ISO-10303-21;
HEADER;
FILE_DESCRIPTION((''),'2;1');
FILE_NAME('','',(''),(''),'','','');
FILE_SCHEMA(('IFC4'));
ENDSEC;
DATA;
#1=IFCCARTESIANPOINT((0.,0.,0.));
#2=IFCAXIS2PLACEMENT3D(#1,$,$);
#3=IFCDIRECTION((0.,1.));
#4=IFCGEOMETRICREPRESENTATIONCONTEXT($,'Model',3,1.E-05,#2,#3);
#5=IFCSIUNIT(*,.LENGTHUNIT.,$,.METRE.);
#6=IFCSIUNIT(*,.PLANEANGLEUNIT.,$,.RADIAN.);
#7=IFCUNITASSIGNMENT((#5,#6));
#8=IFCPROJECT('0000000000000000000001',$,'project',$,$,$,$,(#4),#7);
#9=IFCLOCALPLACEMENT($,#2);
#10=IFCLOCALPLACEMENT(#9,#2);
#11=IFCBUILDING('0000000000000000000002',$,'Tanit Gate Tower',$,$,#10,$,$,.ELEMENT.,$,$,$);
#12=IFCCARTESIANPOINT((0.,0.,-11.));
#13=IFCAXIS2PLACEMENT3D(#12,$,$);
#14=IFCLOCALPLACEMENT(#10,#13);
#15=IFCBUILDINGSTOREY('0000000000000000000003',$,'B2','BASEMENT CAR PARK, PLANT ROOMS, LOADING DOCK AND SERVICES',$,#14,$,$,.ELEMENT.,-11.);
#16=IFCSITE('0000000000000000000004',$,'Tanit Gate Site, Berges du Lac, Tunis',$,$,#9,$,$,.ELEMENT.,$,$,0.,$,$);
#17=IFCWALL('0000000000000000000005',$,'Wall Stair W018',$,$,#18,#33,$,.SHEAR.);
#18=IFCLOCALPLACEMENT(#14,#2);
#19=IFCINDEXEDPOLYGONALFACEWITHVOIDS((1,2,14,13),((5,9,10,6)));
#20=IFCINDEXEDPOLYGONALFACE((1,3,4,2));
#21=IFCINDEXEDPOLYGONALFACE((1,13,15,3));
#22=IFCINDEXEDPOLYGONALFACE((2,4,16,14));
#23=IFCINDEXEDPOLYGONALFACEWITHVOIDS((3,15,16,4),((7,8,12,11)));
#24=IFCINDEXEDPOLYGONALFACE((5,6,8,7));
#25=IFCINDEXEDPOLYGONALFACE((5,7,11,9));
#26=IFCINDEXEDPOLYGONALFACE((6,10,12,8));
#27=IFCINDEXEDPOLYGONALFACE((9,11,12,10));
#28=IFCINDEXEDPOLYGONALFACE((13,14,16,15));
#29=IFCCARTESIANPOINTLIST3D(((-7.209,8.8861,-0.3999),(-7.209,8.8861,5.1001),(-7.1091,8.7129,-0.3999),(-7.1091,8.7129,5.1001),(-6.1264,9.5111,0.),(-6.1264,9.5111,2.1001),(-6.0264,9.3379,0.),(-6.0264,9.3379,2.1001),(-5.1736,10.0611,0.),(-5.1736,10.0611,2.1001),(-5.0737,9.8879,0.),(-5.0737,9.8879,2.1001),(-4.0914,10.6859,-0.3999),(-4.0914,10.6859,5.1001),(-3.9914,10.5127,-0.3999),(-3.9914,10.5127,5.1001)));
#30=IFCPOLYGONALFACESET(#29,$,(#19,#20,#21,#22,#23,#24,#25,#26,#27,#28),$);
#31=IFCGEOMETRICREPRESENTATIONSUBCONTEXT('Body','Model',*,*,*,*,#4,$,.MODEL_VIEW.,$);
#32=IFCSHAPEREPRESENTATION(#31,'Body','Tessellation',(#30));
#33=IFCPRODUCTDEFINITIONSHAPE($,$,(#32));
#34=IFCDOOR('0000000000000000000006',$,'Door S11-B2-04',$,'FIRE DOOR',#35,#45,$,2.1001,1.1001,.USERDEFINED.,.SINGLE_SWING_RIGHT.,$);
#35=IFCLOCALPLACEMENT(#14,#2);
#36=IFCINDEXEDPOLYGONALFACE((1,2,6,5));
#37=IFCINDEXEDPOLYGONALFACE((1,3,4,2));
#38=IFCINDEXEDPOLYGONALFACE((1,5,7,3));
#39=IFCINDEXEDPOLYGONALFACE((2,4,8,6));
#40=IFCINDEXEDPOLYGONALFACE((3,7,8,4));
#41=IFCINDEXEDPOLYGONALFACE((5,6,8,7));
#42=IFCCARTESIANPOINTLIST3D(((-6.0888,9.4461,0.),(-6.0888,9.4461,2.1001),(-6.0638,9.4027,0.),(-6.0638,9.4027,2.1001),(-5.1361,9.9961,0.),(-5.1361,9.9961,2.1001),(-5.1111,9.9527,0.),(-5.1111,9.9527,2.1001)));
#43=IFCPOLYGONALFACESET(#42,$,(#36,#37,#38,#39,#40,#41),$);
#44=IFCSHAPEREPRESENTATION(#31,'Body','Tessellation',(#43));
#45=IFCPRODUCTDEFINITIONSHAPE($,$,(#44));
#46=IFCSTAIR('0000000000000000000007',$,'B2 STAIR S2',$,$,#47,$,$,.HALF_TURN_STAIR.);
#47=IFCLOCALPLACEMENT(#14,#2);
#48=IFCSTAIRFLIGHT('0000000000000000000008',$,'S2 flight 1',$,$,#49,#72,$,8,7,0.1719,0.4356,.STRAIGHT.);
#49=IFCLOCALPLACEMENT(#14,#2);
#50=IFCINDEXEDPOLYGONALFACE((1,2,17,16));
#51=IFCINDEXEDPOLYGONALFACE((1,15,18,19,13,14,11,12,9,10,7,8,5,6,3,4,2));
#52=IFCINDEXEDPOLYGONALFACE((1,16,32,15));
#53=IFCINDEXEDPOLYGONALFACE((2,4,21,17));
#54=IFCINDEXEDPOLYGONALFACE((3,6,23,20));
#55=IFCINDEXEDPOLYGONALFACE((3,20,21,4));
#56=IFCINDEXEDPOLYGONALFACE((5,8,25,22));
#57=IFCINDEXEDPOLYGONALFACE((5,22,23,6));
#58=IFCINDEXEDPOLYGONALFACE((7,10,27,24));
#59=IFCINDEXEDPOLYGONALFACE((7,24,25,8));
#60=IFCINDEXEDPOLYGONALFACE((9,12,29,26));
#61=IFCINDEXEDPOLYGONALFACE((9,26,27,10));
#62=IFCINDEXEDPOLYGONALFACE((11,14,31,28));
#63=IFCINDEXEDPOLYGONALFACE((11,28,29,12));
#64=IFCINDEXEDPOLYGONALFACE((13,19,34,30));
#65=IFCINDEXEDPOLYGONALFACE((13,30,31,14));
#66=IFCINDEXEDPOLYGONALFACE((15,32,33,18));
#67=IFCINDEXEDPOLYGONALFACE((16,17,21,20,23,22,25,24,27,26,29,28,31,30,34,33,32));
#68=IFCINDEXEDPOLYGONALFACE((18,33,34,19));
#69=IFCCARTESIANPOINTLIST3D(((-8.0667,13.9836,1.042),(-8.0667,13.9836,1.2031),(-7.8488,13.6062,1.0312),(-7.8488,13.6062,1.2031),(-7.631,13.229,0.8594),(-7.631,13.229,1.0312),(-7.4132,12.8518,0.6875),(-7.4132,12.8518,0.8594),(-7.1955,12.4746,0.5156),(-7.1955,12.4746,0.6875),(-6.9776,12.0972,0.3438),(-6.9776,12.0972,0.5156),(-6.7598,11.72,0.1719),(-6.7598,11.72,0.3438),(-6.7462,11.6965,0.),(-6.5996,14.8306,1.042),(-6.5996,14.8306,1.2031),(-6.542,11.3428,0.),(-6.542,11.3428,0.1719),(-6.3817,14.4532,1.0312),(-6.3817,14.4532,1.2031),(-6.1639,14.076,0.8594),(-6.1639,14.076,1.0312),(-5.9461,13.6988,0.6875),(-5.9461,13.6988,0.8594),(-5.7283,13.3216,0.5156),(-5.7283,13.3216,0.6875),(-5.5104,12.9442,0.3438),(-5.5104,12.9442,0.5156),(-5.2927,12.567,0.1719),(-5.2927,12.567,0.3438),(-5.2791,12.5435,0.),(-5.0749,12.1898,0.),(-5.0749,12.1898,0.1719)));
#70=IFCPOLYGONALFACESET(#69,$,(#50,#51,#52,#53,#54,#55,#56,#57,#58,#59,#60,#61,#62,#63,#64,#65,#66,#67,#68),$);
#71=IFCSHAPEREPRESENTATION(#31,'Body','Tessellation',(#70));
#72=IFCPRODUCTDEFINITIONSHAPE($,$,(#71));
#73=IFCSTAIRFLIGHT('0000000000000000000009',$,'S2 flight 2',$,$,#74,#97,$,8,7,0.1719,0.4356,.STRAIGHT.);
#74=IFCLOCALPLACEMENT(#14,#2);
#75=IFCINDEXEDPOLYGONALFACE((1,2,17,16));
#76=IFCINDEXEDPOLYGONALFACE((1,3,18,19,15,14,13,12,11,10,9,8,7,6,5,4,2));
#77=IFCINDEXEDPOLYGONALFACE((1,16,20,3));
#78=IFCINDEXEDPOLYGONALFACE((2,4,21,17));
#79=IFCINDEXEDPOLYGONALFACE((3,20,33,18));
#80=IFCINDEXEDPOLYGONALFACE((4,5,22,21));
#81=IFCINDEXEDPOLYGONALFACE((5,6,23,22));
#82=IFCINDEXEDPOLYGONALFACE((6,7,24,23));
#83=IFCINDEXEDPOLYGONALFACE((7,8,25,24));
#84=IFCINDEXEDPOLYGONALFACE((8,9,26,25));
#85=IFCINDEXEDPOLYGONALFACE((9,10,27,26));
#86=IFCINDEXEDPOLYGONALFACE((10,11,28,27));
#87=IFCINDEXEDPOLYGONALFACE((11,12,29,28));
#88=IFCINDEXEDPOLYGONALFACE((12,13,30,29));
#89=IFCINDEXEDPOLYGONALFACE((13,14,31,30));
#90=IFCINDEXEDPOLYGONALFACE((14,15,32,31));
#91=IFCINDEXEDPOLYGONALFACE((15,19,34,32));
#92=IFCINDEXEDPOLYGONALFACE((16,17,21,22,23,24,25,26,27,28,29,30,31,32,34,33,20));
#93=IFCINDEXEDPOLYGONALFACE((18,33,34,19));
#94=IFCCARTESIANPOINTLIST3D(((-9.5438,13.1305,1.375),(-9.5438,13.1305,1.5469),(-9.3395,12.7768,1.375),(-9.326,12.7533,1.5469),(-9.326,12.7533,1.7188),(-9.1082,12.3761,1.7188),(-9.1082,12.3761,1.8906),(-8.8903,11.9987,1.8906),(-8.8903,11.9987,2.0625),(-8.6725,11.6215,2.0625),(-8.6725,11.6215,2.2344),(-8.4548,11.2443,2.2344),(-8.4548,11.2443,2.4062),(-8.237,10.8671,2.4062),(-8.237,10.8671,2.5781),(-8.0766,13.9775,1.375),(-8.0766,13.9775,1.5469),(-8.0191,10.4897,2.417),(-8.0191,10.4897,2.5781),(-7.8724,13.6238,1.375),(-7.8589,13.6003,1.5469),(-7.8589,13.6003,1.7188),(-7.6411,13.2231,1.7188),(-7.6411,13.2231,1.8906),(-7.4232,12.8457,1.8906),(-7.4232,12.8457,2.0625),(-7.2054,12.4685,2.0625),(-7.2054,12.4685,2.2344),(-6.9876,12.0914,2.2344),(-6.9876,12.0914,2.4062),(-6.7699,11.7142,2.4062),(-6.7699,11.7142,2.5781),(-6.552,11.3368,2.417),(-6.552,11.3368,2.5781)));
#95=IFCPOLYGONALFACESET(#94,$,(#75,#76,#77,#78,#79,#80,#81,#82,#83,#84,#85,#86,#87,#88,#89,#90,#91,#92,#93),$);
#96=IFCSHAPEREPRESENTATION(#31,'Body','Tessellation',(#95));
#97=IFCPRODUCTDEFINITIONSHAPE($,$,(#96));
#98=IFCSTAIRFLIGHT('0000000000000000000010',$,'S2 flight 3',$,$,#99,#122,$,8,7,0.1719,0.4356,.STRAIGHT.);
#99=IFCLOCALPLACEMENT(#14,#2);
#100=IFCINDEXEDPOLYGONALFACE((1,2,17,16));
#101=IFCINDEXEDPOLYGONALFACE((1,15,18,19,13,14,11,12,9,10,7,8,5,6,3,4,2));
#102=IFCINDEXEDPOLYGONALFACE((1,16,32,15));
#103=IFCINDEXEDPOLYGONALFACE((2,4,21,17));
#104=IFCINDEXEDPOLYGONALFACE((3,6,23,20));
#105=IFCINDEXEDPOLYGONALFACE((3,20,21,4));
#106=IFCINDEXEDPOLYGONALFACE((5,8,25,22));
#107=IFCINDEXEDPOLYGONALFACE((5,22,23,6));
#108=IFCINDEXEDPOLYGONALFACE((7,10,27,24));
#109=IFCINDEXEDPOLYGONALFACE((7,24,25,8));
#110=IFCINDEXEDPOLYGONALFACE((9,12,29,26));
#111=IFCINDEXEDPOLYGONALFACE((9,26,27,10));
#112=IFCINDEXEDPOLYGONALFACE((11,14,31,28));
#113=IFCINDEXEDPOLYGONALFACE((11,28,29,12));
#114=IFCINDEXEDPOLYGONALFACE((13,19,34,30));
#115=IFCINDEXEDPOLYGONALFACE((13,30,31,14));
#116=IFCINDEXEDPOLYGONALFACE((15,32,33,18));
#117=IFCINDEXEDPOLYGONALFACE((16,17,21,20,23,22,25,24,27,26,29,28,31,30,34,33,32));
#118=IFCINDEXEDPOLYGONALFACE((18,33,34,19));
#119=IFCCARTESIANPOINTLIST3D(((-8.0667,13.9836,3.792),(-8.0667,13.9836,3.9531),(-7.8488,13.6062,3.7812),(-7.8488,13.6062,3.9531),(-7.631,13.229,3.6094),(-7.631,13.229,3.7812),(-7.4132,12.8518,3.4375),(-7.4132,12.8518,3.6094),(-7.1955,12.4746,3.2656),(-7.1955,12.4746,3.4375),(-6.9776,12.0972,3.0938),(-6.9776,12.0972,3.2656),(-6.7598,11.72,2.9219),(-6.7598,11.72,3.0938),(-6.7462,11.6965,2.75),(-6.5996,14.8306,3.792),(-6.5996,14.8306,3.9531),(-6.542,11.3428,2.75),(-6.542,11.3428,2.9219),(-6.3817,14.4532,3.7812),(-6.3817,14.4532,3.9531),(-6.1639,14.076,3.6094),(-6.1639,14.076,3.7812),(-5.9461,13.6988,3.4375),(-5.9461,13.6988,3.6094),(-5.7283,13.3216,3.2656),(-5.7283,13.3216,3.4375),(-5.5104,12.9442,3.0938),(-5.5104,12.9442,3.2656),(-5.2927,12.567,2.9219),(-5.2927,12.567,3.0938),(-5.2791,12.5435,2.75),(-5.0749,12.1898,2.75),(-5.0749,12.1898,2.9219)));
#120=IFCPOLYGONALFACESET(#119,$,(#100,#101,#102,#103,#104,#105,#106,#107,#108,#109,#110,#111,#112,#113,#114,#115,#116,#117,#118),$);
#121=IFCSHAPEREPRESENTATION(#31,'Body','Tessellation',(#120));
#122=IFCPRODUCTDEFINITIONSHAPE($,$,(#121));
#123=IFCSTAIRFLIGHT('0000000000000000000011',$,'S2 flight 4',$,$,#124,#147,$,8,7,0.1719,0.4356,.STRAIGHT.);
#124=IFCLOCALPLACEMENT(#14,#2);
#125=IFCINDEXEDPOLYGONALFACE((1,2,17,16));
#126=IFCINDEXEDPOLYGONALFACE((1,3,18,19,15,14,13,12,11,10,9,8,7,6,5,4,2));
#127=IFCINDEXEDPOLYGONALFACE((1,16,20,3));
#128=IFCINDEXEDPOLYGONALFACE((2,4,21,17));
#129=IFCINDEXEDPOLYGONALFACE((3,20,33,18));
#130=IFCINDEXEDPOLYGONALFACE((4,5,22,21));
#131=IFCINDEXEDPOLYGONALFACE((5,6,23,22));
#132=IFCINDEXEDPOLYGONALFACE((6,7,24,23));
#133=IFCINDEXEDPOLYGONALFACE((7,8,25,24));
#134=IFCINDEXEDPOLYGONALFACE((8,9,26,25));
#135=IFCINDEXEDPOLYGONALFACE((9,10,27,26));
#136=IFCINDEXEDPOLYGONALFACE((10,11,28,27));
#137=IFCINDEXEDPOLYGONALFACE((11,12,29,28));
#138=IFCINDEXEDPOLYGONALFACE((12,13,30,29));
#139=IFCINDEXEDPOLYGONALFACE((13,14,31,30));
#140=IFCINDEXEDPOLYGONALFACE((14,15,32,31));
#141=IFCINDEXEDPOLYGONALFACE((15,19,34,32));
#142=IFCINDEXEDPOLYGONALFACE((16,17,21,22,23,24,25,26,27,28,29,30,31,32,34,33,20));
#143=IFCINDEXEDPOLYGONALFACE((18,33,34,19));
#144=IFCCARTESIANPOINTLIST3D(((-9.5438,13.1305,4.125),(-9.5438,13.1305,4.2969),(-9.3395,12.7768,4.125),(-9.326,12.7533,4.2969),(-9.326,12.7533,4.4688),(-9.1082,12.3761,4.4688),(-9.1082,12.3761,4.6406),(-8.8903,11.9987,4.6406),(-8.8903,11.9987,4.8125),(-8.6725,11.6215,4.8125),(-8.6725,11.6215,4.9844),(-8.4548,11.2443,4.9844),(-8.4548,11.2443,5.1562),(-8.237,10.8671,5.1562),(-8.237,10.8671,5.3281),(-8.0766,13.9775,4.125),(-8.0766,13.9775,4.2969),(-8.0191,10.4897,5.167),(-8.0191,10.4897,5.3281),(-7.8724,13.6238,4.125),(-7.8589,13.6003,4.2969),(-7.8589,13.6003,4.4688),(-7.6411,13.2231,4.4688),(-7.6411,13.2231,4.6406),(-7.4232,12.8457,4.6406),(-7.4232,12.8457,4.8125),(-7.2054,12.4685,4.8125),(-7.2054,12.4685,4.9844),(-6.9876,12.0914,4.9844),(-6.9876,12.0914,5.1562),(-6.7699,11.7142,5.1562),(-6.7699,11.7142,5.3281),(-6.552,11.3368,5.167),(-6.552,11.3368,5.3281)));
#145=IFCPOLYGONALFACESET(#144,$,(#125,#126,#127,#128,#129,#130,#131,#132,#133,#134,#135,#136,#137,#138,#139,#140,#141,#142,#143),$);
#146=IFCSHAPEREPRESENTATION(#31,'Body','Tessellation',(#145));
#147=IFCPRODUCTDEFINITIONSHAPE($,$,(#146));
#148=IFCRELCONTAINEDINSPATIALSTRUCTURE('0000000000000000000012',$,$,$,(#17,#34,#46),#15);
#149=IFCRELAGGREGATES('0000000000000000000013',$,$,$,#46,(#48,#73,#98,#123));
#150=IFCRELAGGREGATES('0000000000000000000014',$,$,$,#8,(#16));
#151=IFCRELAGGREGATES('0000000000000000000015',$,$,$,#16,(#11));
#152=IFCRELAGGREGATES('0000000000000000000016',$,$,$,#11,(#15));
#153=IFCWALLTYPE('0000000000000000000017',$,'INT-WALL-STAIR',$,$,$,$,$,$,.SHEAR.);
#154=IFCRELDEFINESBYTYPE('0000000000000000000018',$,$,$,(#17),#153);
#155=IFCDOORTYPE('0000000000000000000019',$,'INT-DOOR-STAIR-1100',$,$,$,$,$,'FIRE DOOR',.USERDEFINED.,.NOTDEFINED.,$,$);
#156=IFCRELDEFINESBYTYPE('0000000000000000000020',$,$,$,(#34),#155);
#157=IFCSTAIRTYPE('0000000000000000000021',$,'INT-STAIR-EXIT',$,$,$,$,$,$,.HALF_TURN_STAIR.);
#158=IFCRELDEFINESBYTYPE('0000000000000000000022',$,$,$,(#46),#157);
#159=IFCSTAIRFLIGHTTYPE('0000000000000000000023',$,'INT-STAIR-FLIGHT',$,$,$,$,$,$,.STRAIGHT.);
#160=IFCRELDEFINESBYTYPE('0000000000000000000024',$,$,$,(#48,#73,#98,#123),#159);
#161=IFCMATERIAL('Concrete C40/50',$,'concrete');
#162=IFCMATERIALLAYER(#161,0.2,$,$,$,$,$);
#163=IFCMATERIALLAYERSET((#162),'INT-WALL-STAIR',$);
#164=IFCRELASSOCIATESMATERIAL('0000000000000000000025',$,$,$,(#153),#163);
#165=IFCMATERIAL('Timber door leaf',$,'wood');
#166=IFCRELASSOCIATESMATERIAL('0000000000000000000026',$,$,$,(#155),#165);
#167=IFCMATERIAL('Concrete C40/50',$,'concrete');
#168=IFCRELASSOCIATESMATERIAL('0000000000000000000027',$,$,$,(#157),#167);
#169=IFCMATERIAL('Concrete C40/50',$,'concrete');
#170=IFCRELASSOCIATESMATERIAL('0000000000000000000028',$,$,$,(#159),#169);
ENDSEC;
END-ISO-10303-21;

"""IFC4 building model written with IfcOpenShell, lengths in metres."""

from ifc_helpers import new_model, si_unit, direction, frame, frame_2d, origin, place, context, subcontext, project, spatial, polyline, rectangle, outline, extrude, material, layer, layer_set, type_object, element, fill, aggregate, save


model = new_model("IFC4")

# Units and contexts
model_context = context("Model", 3, precision=1e-05, world=origin(), true_north=direction((0.0, 1.0)))
body_context = subcontext(model_context, "Body", "Model", "MODEL_VIEW")
ifc_project = project(units=[si_unit("LENGTHUNIT", "METRE"), si_unit("PLANEANGLEUNIT", "RADIAN")], contexts=[model_context])

# Site, building, storey
site_placement = place(None, origin())
site = spatial("IfcSite", under=ifc_project, at=site_placement, Name="Tanit Gate Site, Berges du Lac, Tunis", CompositionType="ELEMENT", RefElevation=0.0)
building_placement = place(site_placement, origin())
building = spatial("IfcBuilding", under=site, at=building_placement, Name="Tanit Gate Tower", CompositionType="ELEMENT")
storey_placement = place(building_placement, frame((0.0, 0.0, -11.0)))
storey = spatial("IfcBuildingStorey", under=building, at=storey_placement, Name="B2", Description="BASEMENT CAR PARK, PLANT ROOMS, LOADING DOCK AND SERVICES", CompositionType="ELEMENT", Elevation=-11.0)

# Shared definitions
ifc_material_1 = material(Name="Concrete C40/50", Category="concrete")
ifc_layer_1 = layer(ifc_material_1, 0.2)
ifc_layer_set_1 = layer_set([ifc_layer_1], Name="INT-WALL-STAIR")
wall_type_1 = type_object("IfcWallType", Name="INT-WALL-STAIR", PredefinedType="SHEAR", material=ifc_layer_set_1)

# Wall, opening, door
wall_1_placement = place(storey_placement, frame((-7.1589, 8.7996, -0.3999), z_axis=(0.0, 0.0, 1.0), x_axis=(0.866048, 0.499961, 0.0)))
wall_1 = element("IfcWall", 1, at=wall_1_placement, inside=storey, type_object=wall_type_1, Name="Wall Stair W018", PredefinedType="SHEAR", context=body_context, shape_type="SweptSolid", body=[
    extrude(rectangle(XDim=3.5999, YDim=0.2, at=frame_2d((1.7998, 0.0))), origin(), (0.0, 0.0, 1.0), 5.5),
])
opening_1_placement = place(wall_1_placement, frame((1.25, 0.0, 0.3999)))
opening_1 = element("IfcOpeningElement", 2, at=opening_1_placement, cuts=wall_1, PredefinedType="OPENING", context=body_context, shape_type="SweptSolid", body=[
    extrude(rectangle(XDim=1.1001, YDim=2.1001, at=frame_2d((0.55, 1.05))), frame((0.0, 0.1099, 0.0), z_axis=(0.0, -1.0, 0.0), x_axis=(1.0, 0.0, 0.0)), (0.0, 0.0, 1.0), 0.22),
])
ifc_material_2 = material(Name="Timber door leaf", Category="wood")
door_type_1 = type_object("IfcDoorType", Name="INT-DOOR-STAIR-1100", ElementType="FIRE DOOR", OperationType="NOTDEFINED", PredefinedType="USERDEFINED", material=ifc_material_2)
door_1_placement = place(opening_1_placement, origin())
door_1 = element("IfcDoor", 3, at=door_1_placement, inside=storey, type_object=door_type_1, Name="Door S11-B2-04", ObjectType="FIRE DOOR", OperationType="SINGLE_SWING_RIGHT", OverallHeight=2.1001, OverallWidth=1.1001, PredefinedType="USERDEFINED", context=body_context, shape_type="SweptSolid", body=[
    extrude(rectangle(XDim=1.1001, YDim=2.1001, at=frame_2d((0.55, 1.05))), frame((0.0, 0.0249, 0.0), z_axis=(0.0, -1.0, 0.0), x_axis=(1.0, 0.0, 0.0)), (0.0, 0.0, 1.0), 0.05),
])
fill(opening_1, door_1)

# Stair, stair flights
ifc_material_3 = material(Name="Concrete C40/50", Category="concrete")
stair_type = type_object("IfcStairType", Name="INT-STAIR-EXIT", PredefinedType="HALF_TURN_STAIR", material=ifc_material_3)
stair_placement = place(storey_placement, origin())
stair = element("IfcStair", 4, at=stair_placement, inside=storey, type_object=stair_type, Name="B2 STAIR S2", PredefinedType="HALF_TURN_STAIR")
ifc_material_4 = material(Name="Concrete C40/50", Category="concrete")
stair_flight_type = type_object("IfcStairFlightType", Name="INT-STAIR-FLIGHT", PredefinedType="STRAIGHT", material=ifc_material_4)
stair_flight_1_placement = place(storey_placement, frame((-5.8083, 11.7664, 0.0), z_axis=(0.0, 0.0, 1.0), x_axis=(-0.5, 0.866025, 0.0)))
stair_flight_1 = element("IfcStairFlight", 5, at=stair_flight_1_placement, type_object=stair_flight_type, Name="S2 flight 1", NumberOfRisers=8, NumberOfTreads=7, PredefinedType="STRAIGHT", RiserHeight=0.1719, TreadLength=0.4356, context=body_context, shape_type="SweptSolid", body=[
    extrude(outline(polyline([(0.0, 0.0), (0.0, 0.1719), (0.4355, 0.1719), (0.4355, 0.3438), (0.8711, 0.3438), (0.8711, 0.5156), (1.3069, 0.5156), (1.3069, 0.6875), (1.7424, 0.6875), (1.7424, 0.8594), (2.178, 0.8594), (2.178, 1.0312), (2.6135, 1.0312), (2.6135, 1.2031), (3.0493, 1.2031), (3.0493, 1.375), (3.0493, 1.042), (0.4084, 0.0), (0.0, 0.0)])), frame((0.0, 0.8472, 0.0), z_axis=(0.0, -1.0, 0.0), x_axis=(1.0, 0.0, 0.0)), (0.0, 0.0, 1.0), 1.6941),
])
stair_flight_2_placement = place(storey_placement, frame((-8.8103, 13.554, 1.375), z_axis=(0.0, 0.0, 1.0), x_axis=(0.5, -0.866025, 0.0)))
stair_flight_2 = element("IfcStairFlight", 6, at=stair_flight_2_placement, type_object=stair_flight_type, Name="S2 flight 2", NumberOfRisers=8, NumberOfTreads=7, PredefinedType="STRAIGHT", RiserHeight=0.1719, TreadLength=0.4356, context=body_context, shape_type="SweptSolid", body=[
    extrude(outline(polyline([(0.0, 0.0), (0.0, 0.1719), (0.4355, 0.1719), (0.4355, 0.3438), (0.8711, 0.3438), (0.8711, 0.5156), (1.3069, 0.5156), (1.3069, 0.6875), (1.7424, 0.6875), (1.7424, 0.8594), (2.178, 0.8594), (2.178, 1.0312), (2.6135, 1.0312), (2.6135, 1.2031), (3.0493, 1.2031), (3.0493, 1.375), (3.0493, 1.042), (0.4084, 0.0), (0.0, 0.0)])), frame((0.0, 0.8472, 0.0), z_axis=(0.0, -1.0, 0.0), x_axis=(1.0, 0.0, 0.0)), (0.0, 0.0, 1.0), 1.6941),
])
stair_flight_3_placement = place(storey_placement, frame((-5.8083, 11.7664, 2.75), z_axis=(0.0, 0.0, 1.0), x_axis=(-0.5, 0.866025, 0.0)))
stair_flight_3 = element("IfcStairFlight", 7, at=stair_flight_3_placement, type_object=stair_flight_type, Name="S2 flight 3", NumberOfRisers=8, NumberOfTreads=7, PredefinedType="STRAIGHT", RiserHeight=0.1719, TreadLength=0.4356, context=body_context, shape_type="SweptSolid", body=[
    extrude(outline(polyline([(0.0, 0.0), (0.0, 0.1719), (0.4355, 0.1719), (0.4355, 0.3438), (0.8711, 0.3438), (0.8711, 0.5156), (1.3069, 0.5156), (1.3069, 0.6875), (1.7424, 0.6875), (1.7424, 0.8594), (2.178, 0.8594), (2.178, 1.0312), (2.6135, 1.0312), (2.6135, 1.2031), (3.0493, 1.2031), (3.0493, 1.375), (3.0493, 1.042), (0.4084, 0.0), (0.0, 0.0)])), frame((0.0, 0.8472, 0.0), z_axis=(0.0, -1.0, 0.0), x_axis=(1.0, 0.0, 0.0)), (0.0, 0.0, 1.0), 1.6941),
])
stair_flight_4_placement = place(storey_placement, frame((-8.8103, 13.554, 4.125), z_axis=(0.0, 0.0, 1.0), x_axis=(0.5, -0.866025, 0.0)))
stair_flight_4 = element("IfcStairFlight", 8, at=stair_flight_4_placement, type_object=stair_flight_type, Name="S2 flight 4", NumberOfRisers=8, NumberOfTreads=7, PredefinedType="STRAIGHT", RiserHeight=0.1719, TreadLength=0.4356, context=body_context, shape_type="SweptSolid", body=[
    extrude(outline(polyline([(0.0, 0.0), (0.0, 0.1719), (0.4355, 0.1719), (0.4355, 0.3438), (0.8711, 0.3438), (0.8711, 0.5156), (1.3069, 0.5156), (1.3069, 0.6875), (1.7424, 0.6875), (1.7424, 0.8594), (2.178, 0.8594), (2.178, 1.0312), (2.6135, 1.0312), (2.6135, 1.2031), (3.0493, 1.2031), (3.0493, 1.375), (3.0493, 1.042), (0.4084, 0.0), (0.0, 0.0)])), frame((0.0, 0.8472, 0.0), z_axis=(0.0, -1.0, 0.0), x_axis=(1.0, 0.0, 0.0)), (0.0, 0.0, 1.0), 1.6941),
])
aggregate(stair, [stair_flight_1, stair_flight_2, stair_flight_3, stair_flight_4])

save(model, "model.ifc")
